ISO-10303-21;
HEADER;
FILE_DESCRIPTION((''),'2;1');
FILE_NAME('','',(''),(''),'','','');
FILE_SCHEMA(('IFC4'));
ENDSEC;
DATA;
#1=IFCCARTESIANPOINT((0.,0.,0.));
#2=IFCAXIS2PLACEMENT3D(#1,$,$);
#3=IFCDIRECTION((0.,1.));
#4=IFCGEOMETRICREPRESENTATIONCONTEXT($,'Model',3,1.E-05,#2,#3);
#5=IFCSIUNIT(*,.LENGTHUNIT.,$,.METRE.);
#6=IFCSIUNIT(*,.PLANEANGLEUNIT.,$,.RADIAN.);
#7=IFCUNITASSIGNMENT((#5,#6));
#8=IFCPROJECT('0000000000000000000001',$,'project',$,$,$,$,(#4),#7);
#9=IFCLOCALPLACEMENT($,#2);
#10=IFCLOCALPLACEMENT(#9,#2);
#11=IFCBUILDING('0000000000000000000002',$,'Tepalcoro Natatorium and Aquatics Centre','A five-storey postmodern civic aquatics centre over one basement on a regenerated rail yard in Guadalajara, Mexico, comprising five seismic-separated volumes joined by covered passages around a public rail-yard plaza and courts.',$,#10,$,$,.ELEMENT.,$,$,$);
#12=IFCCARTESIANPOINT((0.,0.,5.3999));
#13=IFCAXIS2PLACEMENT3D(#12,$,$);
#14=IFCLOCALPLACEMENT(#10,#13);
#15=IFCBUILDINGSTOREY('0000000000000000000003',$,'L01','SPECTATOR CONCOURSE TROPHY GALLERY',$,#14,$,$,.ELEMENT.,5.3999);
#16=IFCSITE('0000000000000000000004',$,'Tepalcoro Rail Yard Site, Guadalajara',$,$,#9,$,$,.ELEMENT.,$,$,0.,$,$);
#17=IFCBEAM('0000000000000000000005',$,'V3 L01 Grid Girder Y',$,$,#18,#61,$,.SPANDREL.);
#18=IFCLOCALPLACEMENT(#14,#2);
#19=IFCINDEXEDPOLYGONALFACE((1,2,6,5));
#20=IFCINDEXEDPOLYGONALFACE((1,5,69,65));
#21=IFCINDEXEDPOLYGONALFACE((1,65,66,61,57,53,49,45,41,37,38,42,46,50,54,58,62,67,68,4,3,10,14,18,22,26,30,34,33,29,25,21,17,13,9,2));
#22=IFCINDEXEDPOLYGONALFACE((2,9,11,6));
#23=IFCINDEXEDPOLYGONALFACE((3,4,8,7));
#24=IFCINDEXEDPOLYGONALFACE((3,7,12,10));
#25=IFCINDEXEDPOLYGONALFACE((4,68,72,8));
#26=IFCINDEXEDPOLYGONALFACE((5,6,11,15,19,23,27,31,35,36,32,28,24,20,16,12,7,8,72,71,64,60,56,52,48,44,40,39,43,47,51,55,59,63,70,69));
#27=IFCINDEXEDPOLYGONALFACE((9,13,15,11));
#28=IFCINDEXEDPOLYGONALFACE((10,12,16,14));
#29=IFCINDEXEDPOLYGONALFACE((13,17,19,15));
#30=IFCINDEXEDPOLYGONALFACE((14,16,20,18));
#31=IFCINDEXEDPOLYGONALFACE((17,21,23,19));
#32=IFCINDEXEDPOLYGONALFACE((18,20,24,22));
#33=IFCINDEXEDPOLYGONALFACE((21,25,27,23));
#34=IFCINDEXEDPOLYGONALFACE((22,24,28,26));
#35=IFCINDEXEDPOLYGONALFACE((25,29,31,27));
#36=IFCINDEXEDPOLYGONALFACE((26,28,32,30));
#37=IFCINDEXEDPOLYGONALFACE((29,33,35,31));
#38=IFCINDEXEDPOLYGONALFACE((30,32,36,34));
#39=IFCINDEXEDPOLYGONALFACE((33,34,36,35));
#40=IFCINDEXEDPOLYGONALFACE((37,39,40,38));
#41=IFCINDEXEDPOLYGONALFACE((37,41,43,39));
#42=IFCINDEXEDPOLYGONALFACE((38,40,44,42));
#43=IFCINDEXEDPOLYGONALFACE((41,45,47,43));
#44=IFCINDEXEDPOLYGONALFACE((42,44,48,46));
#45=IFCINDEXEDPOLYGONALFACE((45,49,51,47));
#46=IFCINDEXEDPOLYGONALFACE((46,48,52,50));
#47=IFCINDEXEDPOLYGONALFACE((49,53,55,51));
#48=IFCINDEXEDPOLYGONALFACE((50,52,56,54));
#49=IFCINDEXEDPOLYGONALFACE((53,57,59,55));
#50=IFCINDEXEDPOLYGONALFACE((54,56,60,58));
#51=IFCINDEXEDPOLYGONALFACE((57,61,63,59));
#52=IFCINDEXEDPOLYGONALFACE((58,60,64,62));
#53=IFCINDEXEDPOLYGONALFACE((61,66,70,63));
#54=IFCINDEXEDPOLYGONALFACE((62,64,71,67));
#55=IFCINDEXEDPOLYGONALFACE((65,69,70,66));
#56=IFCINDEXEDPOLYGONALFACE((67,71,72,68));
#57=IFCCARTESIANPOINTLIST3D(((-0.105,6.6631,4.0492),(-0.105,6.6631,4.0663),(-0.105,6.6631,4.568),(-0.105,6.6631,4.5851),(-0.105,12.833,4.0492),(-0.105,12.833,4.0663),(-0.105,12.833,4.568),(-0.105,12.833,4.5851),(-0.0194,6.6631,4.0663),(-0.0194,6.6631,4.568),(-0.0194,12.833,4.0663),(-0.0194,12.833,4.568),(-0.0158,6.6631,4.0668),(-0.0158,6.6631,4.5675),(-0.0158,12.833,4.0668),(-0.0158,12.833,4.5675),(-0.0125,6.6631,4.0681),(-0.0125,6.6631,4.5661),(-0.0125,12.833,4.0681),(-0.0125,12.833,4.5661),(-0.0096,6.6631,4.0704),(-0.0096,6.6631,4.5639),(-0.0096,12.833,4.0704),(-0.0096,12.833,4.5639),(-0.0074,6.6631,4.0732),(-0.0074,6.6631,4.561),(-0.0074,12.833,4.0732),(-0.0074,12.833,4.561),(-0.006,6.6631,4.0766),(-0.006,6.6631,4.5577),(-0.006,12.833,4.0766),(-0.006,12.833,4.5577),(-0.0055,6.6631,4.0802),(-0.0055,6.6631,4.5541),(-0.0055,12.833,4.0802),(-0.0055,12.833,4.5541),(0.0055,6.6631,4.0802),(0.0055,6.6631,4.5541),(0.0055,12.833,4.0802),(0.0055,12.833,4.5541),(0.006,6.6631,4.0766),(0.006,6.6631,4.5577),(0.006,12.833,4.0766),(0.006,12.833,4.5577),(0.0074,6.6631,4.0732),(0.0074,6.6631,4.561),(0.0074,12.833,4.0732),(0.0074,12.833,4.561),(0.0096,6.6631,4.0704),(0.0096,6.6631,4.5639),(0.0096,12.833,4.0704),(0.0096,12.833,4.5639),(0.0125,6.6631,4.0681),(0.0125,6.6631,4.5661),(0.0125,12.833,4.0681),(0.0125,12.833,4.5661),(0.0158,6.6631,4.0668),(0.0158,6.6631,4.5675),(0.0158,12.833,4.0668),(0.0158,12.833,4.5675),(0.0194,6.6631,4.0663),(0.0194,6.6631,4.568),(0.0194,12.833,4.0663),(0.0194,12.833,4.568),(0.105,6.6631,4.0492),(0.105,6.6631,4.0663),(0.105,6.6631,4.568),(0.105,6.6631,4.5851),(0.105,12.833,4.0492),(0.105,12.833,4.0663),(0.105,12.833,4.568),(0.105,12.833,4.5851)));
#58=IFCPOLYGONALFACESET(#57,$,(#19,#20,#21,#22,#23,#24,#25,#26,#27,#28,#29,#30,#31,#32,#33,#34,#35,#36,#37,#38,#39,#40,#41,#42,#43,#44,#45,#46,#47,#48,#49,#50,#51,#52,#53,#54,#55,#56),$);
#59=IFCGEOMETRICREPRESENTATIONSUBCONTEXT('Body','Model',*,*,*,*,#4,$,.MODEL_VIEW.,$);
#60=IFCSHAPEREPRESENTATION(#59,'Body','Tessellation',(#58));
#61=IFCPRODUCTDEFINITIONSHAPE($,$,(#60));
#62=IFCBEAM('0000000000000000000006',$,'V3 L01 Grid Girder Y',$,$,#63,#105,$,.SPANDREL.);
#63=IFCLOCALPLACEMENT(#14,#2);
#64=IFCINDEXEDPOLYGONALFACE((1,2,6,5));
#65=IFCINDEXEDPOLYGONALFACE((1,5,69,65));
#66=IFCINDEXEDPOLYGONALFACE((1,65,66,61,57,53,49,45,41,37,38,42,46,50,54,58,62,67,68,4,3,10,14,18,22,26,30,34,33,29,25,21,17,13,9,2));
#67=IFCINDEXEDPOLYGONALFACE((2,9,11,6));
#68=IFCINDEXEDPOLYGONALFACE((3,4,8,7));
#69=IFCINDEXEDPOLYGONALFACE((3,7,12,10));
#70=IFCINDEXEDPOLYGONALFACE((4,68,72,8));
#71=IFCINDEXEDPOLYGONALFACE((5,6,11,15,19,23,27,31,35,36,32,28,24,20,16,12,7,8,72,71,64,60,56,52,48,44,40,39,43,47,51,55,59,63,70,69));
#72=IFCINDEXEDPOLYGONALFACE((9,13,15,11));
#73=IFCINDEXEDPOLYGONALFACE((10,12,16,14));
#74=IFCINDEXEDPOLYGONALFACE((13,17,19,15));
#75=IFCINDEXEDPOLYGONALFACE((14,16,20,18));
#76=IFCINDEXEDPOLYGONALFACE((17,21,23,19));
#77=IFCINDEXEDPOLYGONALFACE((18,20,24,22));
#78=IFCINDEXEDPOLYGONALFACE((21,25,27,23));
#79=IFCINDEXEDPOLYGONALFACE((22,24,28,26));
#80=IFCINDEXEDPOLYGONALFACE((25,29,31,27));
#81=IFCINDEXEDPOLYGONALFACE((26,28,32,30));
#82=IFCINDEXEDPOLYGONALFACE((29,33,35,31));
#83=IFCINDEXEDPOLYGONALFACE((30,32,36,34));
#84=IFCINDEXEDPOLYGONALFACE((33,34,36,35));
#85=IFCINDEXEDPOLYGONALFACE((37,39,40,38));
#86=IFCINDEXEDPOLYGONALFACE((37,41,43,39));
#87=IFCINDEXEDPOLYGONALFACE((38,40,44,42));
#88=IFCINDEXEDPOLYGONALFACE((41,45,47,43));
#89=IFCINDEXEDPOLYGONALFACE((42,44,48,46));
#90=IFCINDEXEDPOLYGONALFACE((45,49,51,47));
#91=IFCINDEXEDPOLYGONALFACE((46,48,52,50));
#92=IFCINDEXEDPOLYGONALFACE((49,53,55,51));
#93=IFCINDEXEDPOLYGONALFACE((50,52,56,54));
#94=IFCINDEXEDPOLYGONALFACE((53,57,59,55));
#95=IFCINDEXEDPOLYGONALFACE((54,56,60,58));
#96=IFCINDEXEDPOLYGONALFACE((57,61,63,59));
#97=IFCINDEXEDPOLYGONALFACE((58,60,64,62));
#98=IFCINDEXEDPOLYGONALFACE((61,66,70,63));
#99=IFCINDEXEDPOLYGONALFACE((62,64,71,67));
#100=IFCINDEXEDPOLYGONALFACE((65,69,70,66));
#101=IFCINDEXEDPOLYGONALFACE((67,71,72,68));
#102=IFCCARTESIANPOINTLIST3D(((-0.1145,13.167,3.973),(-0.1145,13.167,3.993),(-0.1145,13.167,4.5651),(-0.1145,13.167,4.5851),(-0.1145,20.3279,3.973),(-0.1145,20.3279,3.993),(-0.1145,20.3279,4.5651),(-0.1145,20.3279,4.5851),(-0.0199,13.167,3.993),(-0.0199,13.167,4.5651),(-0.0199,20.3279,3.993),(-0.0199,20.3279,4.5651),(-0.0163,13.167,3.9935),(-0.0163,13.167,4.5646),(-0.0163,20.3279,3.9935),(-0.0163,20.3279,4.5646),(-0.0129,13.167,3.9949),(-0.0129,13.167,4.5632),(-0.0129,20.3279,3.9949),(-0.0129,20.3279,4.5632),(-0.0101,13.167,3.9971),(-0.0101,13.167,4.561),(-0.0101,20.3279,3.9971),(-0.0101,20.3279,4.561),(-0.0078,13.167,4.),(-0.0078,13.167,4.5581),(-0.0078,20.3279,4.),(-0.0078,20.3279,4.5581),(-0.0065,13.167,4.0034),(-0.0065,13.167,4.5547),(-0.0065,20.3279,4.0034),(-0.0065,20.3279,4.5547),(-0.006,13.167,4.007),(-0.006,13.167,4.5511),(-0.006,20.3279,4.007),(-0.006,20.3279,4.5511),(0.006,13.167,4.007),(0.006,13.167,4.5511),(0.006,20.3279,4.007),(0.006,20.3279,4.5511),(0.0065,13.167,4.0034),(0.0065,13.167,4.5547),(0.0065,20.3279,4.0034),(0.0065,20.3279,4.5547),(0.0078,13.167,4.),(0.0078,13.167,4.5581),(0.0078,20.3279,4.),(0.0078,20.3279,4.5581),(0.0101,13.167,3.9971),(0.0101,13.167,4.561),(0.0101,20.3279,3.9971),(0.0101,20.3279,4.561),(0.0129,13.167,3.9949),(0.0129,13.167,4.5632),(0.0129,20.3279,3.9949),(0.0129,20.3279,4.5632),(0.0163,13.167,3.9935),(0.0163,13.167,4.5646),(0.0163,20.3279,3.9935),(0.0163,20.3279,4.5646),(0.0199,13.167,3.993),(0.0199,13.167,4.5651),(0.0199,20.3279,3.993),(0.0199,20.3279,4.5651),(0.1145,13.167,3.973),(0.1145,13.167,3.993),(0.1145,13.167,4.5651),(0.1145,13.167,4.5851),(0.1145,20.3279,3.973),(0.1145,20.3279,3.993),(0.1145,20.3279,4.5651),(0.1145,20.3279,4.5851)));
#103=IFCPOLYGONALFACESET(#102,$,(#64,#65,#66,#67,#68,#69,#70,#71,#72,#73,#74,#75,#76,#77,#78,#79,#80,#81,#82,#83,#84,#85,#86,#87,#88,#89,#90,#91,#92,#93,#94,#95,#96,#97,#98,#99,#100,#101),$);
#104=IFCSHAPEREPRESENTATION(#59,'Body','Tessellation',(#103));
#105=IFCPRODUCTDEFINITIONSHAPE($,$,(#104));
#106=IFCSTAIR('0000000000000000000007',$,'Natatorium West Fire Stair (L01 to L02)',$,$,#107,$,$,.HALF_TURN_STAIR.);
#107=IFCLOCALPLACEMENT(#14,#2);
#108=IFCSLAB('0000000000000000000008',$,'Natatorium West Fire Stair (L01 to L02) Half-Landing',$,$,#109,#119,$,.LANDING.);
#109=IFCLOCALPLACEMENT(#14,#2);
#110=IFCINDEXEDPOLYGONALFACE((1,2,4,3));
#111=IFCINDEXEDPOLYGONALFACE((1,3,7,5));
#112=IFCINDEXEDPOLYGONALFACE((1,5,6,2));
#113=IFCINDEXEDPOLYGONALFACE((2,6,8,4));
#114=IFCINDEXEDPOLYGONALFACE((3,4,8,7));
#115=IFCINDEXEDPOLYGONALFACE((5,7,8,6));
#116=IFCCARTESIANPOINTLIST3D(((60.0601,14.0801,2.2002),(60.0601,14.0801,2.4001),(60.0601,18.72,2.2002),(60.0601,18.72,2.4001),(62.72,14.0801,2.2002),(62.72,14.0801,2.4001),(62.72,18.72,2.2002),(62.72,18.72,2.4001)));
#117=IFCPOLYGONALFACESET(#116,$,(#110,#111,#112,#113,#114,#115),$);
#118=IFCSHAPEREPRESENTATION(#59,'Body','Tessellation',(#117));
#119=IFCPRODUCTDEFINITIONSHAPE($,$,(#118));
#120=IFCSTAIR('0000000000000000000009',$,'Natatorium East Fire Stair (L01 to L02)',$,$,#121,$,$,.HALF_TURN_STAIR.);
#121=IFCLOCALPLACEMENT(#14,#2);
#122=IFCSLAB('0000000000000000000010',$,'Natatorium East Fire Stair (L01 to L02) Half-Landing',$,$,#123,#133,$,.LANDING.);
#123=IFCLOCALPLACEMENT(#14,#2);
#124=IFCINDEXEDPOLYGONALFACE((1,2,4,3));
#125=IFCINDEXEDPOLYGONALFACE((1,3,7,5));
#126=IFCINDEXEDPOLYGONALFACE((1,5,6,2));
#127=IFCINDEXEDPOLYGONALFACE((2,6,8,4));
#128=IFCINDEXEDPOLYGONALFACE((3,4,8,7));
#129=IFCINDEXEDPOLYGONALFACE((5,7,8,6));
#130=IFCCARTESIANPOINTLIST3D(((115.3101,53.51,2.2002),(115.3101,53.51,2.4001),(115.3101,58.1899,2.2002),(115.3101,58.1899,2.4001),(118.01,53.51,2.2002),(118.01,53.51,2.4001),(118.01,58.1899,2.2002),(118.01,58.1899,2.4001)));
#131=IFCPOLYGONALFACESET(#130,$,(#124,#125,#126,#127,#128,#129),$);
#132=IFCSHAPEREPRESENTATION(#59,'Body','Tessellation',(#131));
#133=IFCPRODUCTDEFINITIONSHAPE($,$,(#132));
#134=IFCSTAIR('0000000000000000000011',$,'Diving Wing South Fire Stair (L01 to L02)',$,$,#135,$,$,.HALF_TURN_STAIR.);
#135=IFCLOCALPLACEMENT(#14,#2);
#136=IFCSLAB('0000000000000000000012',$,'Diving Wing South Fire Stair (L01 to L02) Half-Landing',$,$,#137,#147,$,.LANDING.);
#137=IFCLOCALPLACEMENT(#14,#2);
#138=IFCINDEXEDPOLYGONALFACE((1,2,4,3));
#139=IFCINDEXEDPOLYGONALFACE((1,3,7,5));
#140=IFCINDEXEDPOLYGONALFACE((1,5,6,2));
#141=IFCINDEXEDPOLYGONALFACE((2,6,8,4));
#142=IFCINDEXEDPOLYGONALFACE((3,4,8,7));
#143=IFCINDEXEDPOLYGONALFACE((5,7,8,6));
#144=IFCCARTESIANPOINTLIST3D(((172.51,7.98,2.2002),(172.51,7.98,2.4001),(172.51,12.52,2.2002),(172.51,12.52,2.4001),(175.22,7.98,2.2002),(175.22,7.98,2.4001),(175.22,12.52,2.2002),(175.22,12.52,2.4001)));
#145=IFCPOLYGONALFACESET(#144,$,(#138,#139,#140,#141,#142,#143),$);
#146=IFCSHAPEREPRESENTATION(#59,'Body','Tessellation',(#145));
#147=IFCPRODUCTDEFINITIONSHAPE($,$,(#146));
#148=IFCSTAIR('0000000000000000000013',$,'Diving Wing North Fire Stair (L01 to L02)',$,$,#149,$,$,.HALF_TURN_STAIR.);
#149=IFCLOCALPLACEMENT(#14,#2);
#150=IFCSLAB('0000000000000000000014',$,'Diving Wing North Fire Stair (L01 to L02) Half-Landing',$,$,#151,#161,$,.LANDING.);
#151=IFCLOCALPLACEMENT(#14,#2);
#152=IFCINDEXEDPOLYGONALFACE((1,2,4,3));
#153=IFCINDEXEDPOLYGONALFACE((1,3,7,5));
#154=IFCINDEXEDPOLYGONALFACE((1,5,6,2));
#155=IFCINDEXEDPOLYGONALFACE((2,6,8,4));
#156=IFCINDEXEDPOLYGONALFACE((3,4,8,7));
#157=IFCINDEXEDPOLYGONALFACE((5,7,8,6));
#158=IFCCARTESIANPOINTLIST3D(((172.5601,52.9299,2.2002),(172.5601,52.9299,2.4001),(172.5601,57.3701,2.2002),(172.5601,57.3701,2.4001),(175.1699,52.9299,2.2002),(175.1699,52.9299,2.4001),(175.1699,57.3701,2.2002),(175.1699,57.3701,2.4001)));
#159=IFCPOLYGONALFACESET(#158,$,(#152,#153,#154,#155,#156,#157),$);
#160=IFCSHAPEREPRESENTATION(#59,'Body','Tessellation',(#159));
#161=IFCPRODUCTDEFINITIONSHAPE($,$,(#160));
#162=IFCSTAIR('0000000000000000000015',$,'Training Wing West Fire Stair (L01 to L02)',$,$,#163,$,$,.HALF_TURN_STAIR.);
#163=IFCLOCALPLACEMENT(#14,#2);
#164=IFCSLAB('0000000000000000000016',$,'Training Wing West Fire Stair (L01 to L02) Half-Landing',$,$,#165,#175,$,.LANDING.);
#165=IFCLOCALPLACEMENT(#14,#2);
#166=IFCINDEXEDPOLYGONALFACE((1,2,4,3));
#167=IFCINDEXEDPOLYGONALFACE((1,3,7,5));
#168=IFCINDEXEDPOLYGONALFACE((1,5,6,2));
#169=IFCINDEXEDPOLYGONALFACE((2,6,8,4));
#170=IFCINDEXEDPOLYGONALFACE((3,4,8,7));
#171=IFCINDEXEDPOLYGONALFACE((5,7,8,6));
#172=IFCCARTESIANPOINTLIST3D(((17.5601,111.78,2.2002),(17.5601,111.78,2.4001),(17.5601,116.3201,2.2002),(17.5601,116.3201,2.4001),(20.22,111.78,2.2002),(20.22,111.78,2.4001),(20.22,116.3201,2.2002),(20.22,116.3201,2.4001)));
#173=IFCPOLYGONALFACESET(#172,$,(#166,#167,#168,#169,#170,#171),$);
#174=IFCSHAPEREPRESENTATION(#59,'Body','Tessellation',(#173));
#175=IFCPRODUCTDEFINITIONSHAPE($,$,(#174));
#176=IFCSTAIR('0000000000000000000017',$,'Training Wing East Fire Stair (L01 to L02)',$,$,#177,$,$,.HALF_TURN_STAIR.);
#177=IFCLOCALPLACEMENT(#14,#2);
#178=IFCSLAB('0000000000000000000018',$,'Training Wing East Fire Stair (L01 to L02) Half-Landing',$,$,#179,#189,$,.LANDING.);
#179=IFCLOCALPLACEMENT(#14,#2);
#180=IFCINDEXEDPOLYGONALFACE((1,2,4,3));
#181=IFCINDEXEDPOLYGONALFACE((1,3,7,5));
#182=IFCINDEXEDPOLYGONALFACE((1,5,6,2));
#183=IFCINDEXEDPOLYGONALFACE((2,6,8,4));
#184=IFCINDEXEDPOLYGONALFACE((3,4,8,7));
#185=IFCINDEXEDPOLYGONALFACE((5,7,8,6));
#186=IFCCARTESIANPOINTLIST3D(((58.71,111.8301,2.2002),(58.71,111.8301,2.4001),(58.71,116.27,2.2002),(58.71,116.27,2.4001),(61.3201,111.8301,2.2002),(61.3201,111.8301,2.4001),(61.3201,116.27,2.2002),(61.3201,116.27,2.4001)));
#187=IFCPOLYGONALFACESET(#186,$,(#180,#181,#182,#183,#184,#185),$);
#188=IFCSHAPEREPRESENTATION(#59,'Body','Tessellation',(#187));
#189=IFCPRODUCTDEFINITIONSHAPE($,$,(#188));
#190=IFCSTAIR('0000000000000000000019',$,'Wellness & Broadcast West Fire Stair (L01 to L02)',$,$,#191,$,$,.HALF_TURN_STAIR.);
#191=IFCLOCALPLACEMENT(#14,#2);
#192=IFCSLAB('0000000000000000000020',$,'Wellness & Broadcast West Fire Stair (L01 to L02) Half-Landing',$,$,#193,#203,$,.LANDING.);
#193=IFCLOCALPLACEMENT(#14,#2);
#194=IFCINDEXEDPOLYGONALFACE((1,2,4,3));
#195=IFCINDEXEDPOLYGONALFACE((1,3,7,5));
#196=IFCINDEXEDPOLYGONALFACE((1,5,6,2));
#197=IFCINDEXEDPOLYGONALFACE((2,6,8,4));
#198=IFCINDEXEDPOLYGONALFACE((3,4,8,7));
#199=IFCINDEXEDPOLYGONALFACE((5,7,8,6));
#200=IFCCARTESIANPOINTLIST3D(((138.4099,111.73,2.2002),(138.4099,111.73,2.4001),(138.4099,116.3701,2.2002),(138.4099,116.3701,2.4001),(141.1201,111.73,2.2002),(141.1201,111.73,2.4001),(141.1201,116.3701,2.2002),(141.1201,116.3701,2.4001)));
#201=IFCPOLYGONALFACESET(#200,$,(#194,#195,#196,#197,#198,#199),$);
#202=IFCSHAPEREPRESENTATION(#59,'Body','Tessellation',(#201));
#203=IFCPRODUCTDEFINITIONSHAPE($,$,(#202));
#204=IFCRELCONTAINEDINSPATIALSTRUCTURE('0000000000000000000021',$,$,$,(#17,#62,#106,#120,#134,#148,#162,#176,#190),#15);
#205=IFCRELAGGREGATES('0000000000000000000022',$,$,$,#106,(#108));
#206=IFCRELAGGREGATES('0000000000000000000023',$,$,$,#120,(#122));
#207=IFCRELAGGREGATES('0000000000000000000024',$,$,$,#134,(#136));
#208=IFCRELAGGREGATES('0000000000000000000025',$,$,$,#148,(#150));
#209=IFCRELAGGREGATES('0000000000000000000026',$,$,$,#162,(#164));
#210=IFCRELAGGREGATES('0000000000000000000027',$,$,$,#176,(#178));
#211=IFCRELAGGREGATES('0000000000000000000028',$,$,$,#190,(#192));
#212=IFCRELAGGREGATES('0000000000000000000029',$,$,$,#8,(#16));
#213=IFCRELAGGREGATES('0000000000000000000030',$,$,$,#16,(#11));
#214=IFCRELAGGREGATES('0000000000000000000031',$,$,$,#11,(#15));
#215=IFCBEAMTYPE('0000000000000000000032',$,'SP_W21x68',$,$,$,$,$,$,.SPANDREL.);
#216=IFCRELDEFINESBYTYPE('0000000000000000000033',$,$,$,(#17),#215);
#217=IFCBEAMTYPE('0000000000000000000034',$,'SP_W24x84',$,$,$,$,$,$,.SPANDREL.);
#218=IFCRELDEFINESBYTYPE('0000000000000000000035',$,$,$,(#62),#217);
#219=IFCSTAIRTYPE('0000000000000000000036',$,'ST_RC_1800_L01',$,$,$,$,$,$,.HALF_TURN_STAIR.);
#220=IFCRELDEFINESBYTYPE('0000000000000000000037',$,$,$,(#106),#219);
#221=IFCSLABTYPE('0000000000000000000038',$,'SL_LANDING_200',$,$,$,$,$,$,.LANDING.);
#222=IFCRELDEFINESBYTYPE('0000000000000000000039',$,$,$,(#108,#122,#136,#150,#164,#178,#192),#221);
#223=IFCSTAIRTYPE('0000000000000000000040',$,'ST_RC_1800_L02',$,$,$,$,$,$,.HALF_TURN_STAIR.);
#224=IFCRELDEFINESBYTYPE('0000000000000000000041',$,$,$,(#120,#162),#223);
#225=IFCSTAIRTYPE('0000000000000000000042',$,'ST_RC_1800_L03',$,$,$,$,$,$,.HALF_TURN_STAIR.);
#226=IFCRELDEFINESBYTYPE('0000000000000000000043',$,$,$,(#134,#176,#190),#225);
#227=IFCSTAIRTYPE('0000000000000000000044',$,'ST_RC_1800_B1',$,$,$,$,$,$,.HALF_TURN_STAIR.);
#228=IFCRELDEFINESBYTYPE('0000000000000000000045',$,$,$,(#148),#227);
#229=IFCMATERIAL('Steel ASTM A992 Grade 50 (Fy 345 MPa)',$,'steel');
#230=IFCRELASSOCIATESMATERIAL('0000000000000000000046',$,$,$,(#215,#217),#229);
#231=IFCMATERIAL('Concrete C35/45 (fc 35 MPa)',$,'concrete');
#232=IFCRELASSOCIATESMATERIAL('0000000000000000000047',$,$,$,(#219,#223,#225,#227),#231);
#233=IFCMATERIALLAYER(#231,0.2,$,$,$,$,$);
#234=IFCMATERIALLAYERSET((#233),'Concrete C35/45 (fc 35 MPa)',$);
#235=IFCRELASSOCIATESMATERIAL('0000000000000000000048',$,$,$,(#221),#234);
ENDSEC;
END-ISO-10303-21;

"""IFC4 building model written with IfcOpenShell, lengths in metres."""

from ifc_helpers import new_model, si_unit, direction, frame, origin, origin_2d, place, context, subcontext, project, spatial, polyline, i_section, outline, extrude, material, layer, layer_set, material_profile, profile_set, type_object, element, aggregate, save


model = new_model("IFC4")

# Units and contexts
model_context = context("Model", 3, precision=1e-05, world=origin(), true_north=direction((0.0, 1.0)))
body_context = subcontext(model_context, "Body", "Model", "MODEL_VIEW")
ifc_project = project(units=[si_unit("LENGTHUNIT", "METRE"), si_unit("PLANEANGLEUNIT", "RADIAN")], contexts=[model_context])

# Site, building, storey
site_placement = place(None, origin())
site = spatial("IfcSite", under=ifc_project, at=site_placement, Name="Tepalcoro Rail Yard Site, Guadalajara", CompositionType="ELEMENT", RefElevation=0.0)
building_placement = place(site_placement, origin())
building = spatial("IfcBuilding", under=site, at=building_placement, Name="Tepalcoro Natatorium and Aquatics Centre", Description="A five-storey postmodern civic aquatics centre over one basement on a regenerated rail yard in Guadalajara, Mexico, comprising five seismic-separated volumes joined by covered passages around a public rail-yard plaza and courts.", CompositionType="ELEMENT")
storey_placement = place(building_placement, frame((0.0, 0.0, 5.3999)))
storey = spatial("IfcBuildingStorey", under=building, at=storey_placement, Name="L01", Description="SPECTATOR CONCOURSE TROPHY GALLERY", CompositionType="ELEMENT", Elevation=5.3999)

# Shared definitions
ifc_material_1 = material(Name="Steel ASTM A992 Grade 50 (Fy 345 MPa)", Category="steel")

# Beams
ifc_material_profile_1 = material_profile(ifc_material_1, i_section(OverallWidth=0.21, OverallDepth=0.5359, WebThickness=0.011, FlangeThickness=0.0171, FilletRadius=0.0139, at=origin_2d()), Name="W21X68")
ifc_profile_set_1 = profile_set([ifc_material_profile_1], Name="Steel ASTM A992 Grade 50 (Fy 345 MPa)")
beam_type_1 = type_object("IfcBeamType", Name="SP_W21x68", PredefinedType="SPANDREL", material=ifc_profile_set_1)
beam_1_placement = place(storey_placement, frame((0.0, 6.6631, 4.3171), z_axis=(0.0, 1.0, 0.0), x_axis=(-1.0, 0.0, 0.0)))
element("IfcBeam", 1, at=beam_1_placement, inside=storey, type_object=beam_type_1, Name="V3 L01 Grid Girder Y", PredefinedType="SPANDREL", context=body_context, shape_type="SweptSolid", body=[
    extrude(i_section(OverallWidth=0.21, OverallDepth=0.5359, WebThickness=0.011, FlangeThickness=0.0171, FilletRadius=0.0139, at=origin_2d()), origin(), (0.0, 0.0, 1.0), 6.1699),
])
ifc_material_profile_2 = material_profile(ifc_material_1, i_section(OverallWidth=0.229, OverallDepth=0.6121, WebThickness=0.012, FlangeThickness=0.02, FilletRadius=0.0139, at=origin_2d()), Name="W24X84")
ifc_profile_set_2 = profile_set([ifc_material_profile_2], Name="Steel ASTM A992 Grade 50 (Fy 345 MPa)")
beam_type_2 = type_object("IfcBeamType", Name="SP_W24x84", PredefinedType="SPANDREL", material=ifc_profile_set_2)
beam_2_placement = place(storey_placement, frame((0.0, 13.167, 4.2791), z_axis=(0.0, 1.0, 0.0), x_axis=(-1.0, 0.0, 0.0)))
element("IfcBeam", 2, at=beam_2_placement, inside=storey, type_object=beam_type_2, Name="V3 L01 Grid Girder Y", PredefinedType="SPANDREL", context=body_context, shape_type="SweptSolid", body=[
    extrude(i_section(OverallWidth=0.229, OverallDepth=0.6121, WebThickness=0.012, FlangeThickness=0.02, FilletRadius=0.0139, at=origin_2d()), origin(), (0.0, 0.0, 1.0), 7.1609),
])

# Stairs, slabs
ifc_material_2 = material(Name="Concrete C35/45 (fc 35 MPa)", Category="concrete")
stair_type_1 = type_object("IfcStairType", Name="ST_RC_1800_L01", PredefinedType="HALF_TURN_STAIR", material=ifc_material_2)
stair_1_placement = place(storey_placement, origin())
stair_1 = element("IfcStair", 3, at=stair_1_placement, inside=storey, type_object=stair_type_1, Name="Natatorium West Fire Stair (L01 to L02)", PredefinedType="HALF_TURN_STAIR")
ifc_layer_1 = layer(ifc_material_2, 0.2)
ifc_layer_set_1 = layer_set([ifc_layer_1], Name="Concrete C35/45 (fc 35 MPa)")
slab_type = type_object("IfcSlabType", Name="SL_LANDING_200", PredefinedType="LANDING", material=ifc_layer_set_1)
slab_1_placement = place(storey_placement, frame((0.0, 0.0, 2.2002)))
slab_1 = element("IfcSlab", 4, at=slab_1_placement, type_object=slab_type, Name="Natatorium West Fire Stair (L01 to L02) Half-Landing", PredefinedType="LANDING", context=body_context, shape_type="SweptSolid", body=[
    extrude(outline(polyline([(60.0601, 14.0801), (62.72, 14.0801), (62.72, 18.72), (60.0601, 18.72), (60.0601, 14.0801)])), origin(), (0.0, 0.0, 1.0), 0.2),
])
aggregate(stair_1, [slab_1])
stair_type_2 = type_object("IfcStairType", Name="ST_RC_1800_L02", PredefinedType="HALF_TURN_STAIR", material=ifc_material_2)
stair_2_placement = place(storey_placement, origin())
stair_2 = element("IfcStair", 5, at=stair_2_placement, inside=storey, type_object=stair_type_2, Name="Natatorium East Fire Stair (L01 to L02)", PredefinedType="HALF_TURN_STAIR")
slab_2_placement = place(storey_placement, frame((0.0, 0.0, 2.2002)))
slab_2 = element("IfcSlab", 6, at=slab_2_placement, type_object=slab_type, Name="Natatorium East Fire Stair (L01 to L02) Half-Landing", PredefinedType="LANDING", context=body_context, shape_type="SweptSolid", body=[
    extrude(outline(polyline([(115.3101, 53.51), (118.01, 53.51), (118.01, 58.1899), (115.3101, 58.1899), (115.3101, 53.51)])), origin(), (0.0, 0.0, 1.0), 0.2),
])
aggregate(stair_2, [slab_2])
stair_type_3 = type_object("IfcStairType", Name="ST_RC_1800_L03", PredefinedType="HALF_TURN_STAIR", material=ifc_material_2)
stair_3_placement = place(storey_placement, origin())
stair_3 = element("IfcStair", 7, at=stair_3_placement, inside=storey, type_object=stair_type_3, Name="Diving Wing South Fire Stair (L01 to L02)", PredefinedType="HALF_TURN_STAIR")
slab_3_placement = place(storey_placement, frame((0.0, 0.0, 2.2002)))
slab_3 = element("IfcSlab", 8, at=slab_3_placement, type_object=slab_type, Name="Diving Wing South Fire Stair (L01 to L02) Half-Landing", PredefinedType="LANDING", context=body_context, shape_type="SweptSolid", body=[
    extrude(outline(polyline([(172.51, 7.98), (175.22, 7.98), (175.22, 12.52), (172.51, 12.52), (172.51, 7.98)])), origin(), (0.0, 0.0, 1.0), 0.2),
])
aggregate(stair_3, [slab_3])
stair_type_4 = type_object("IfcStairType", Name="ST_RC_1800_B1", PredefinedType="HALF_TURN_STAIR", material=ifc_material_2)
stair_4_placement = place(storey_placement, origin())
stair_4 = element("IfcStair", 9, at=stair_4_placement, inside=storey, type_object=stair_type_4, Name="Diving Wing North Fire Stair (L01 to L02)", PredefinedType="HALF_TURN_STAIR")
slab_4_placement = place(storey_placement, frame((0.0, 0.0, 2.2002)))
slab_4 = element("IfcSlab", 10, at=slab_4_placement, type_object=slab_type, Name="Diving Wing North Fire Stair (L01 to L02) Half-Landing", PredefinedType="LANDING", context=body_context, shape_type="SweptSolid", body=[
    extrude(outline(polyline([(172.5601, 52.9299), (175.1699, 52.9299), (175.1699, 57.3701), (172.5601, 57.3701), (172.5601, 52.9299)])), origin(), (0.0, 0.0, 1.0), 0.2),
])
aggregate(stair_4, [slab_4])
stair_5_placement = place(storey_placement, origin())
stair_5 = element("IfcStair", 11, at=stair_5_placement, inside=storey, type_object=stair_type_2, Name="Training Wing West Fire Stair (L01 to L02)", PredefinedType="HALF_TURN_STAIR")
slab_5_placement = place(storey_placement, frame((0.0, 0.0, 2.2002)))
slab_5 = element("IfcSlab", 12, at=slab_5_placement, type_object=slab_type, Name="Training Wing West Fire Stair (L01 to L02) Half-Landing", PredefinedType="LANDING", context=body_context, shape_type="SweptSolid", body=[
    extrude(outline(polyline([(17.5601, 111.78), (20.22, 111.78), (20.22, 116.3201), (17.5601, 116.3201), (17.5601, 111.78)])), origin(), (0.0, 0.0, 1.0), 0.2),
])
aggregate(stair_5, [slab_5])
stair_6_placement = place(storey_placement, origin())
stair_6 = element("IfcStair", 13, at=stair_6_placement, inside=storey, type_object=stair_type_3, Name="Training Wing East Fire Stair (L01 to L02)", PredefinedType="HALF_TURN_STAIR")
slab_6_placement = place(storey_placement, frame((0.0, 0.0, 2.2002)))
slab_6 = element("IfcSlab", 14, at=slab_6_placement, type_object=slab_type, Name="Training Wing East Fire Stair (L01 to L02) Half-Landing", PredefinedType="LANDING", context=body_context, shape_type="SweptSolid", body=[
    extrude(outline(polyline([(58.71, 111.8301), (61.3201, 111.8301), (61.3201, 116.27), (58.71, 116.27), (58.71, 111.8301)])), origin(), (0.0, 0.0, 1.0), 0.2),
])
aggregate(stair_6, [slab_6])
stair_7_placement = place(storey_placement, origin())
stair_7 = element("IfcStair", 15, at=stair_7_placement, inside=storey, type_object=stair_type_3, Name="Wellness & Broadcast West Fire Stair (L01 to L02)", PredefinedType="HALF_TURN_STAIR")
slab_7_placement = place(storey_placement, frame((0.0, 0.0, 2.2002)))
slab_7 = element("IfcSlab", 16, at=slab_7_placement, type_object=slab_type, Name="Wellness & Broadcast West Fire Stair (L01 to L02) Half-Landing", PredefinedType="LANDING", context=body_context, shape_type="SweptSolid", body=[
    extrude(outline(polyline([(138.4099, 111.73), (141.1201, 111.73), (141.1201, 116.3701), (138.4099, 116.3701), (138.4099, 111.73)])), origin(), (0.0, 0.0, 1.0), 0.2),
])
aggregate(stair_7, [slab_7])

save(model, "model.ifc")
